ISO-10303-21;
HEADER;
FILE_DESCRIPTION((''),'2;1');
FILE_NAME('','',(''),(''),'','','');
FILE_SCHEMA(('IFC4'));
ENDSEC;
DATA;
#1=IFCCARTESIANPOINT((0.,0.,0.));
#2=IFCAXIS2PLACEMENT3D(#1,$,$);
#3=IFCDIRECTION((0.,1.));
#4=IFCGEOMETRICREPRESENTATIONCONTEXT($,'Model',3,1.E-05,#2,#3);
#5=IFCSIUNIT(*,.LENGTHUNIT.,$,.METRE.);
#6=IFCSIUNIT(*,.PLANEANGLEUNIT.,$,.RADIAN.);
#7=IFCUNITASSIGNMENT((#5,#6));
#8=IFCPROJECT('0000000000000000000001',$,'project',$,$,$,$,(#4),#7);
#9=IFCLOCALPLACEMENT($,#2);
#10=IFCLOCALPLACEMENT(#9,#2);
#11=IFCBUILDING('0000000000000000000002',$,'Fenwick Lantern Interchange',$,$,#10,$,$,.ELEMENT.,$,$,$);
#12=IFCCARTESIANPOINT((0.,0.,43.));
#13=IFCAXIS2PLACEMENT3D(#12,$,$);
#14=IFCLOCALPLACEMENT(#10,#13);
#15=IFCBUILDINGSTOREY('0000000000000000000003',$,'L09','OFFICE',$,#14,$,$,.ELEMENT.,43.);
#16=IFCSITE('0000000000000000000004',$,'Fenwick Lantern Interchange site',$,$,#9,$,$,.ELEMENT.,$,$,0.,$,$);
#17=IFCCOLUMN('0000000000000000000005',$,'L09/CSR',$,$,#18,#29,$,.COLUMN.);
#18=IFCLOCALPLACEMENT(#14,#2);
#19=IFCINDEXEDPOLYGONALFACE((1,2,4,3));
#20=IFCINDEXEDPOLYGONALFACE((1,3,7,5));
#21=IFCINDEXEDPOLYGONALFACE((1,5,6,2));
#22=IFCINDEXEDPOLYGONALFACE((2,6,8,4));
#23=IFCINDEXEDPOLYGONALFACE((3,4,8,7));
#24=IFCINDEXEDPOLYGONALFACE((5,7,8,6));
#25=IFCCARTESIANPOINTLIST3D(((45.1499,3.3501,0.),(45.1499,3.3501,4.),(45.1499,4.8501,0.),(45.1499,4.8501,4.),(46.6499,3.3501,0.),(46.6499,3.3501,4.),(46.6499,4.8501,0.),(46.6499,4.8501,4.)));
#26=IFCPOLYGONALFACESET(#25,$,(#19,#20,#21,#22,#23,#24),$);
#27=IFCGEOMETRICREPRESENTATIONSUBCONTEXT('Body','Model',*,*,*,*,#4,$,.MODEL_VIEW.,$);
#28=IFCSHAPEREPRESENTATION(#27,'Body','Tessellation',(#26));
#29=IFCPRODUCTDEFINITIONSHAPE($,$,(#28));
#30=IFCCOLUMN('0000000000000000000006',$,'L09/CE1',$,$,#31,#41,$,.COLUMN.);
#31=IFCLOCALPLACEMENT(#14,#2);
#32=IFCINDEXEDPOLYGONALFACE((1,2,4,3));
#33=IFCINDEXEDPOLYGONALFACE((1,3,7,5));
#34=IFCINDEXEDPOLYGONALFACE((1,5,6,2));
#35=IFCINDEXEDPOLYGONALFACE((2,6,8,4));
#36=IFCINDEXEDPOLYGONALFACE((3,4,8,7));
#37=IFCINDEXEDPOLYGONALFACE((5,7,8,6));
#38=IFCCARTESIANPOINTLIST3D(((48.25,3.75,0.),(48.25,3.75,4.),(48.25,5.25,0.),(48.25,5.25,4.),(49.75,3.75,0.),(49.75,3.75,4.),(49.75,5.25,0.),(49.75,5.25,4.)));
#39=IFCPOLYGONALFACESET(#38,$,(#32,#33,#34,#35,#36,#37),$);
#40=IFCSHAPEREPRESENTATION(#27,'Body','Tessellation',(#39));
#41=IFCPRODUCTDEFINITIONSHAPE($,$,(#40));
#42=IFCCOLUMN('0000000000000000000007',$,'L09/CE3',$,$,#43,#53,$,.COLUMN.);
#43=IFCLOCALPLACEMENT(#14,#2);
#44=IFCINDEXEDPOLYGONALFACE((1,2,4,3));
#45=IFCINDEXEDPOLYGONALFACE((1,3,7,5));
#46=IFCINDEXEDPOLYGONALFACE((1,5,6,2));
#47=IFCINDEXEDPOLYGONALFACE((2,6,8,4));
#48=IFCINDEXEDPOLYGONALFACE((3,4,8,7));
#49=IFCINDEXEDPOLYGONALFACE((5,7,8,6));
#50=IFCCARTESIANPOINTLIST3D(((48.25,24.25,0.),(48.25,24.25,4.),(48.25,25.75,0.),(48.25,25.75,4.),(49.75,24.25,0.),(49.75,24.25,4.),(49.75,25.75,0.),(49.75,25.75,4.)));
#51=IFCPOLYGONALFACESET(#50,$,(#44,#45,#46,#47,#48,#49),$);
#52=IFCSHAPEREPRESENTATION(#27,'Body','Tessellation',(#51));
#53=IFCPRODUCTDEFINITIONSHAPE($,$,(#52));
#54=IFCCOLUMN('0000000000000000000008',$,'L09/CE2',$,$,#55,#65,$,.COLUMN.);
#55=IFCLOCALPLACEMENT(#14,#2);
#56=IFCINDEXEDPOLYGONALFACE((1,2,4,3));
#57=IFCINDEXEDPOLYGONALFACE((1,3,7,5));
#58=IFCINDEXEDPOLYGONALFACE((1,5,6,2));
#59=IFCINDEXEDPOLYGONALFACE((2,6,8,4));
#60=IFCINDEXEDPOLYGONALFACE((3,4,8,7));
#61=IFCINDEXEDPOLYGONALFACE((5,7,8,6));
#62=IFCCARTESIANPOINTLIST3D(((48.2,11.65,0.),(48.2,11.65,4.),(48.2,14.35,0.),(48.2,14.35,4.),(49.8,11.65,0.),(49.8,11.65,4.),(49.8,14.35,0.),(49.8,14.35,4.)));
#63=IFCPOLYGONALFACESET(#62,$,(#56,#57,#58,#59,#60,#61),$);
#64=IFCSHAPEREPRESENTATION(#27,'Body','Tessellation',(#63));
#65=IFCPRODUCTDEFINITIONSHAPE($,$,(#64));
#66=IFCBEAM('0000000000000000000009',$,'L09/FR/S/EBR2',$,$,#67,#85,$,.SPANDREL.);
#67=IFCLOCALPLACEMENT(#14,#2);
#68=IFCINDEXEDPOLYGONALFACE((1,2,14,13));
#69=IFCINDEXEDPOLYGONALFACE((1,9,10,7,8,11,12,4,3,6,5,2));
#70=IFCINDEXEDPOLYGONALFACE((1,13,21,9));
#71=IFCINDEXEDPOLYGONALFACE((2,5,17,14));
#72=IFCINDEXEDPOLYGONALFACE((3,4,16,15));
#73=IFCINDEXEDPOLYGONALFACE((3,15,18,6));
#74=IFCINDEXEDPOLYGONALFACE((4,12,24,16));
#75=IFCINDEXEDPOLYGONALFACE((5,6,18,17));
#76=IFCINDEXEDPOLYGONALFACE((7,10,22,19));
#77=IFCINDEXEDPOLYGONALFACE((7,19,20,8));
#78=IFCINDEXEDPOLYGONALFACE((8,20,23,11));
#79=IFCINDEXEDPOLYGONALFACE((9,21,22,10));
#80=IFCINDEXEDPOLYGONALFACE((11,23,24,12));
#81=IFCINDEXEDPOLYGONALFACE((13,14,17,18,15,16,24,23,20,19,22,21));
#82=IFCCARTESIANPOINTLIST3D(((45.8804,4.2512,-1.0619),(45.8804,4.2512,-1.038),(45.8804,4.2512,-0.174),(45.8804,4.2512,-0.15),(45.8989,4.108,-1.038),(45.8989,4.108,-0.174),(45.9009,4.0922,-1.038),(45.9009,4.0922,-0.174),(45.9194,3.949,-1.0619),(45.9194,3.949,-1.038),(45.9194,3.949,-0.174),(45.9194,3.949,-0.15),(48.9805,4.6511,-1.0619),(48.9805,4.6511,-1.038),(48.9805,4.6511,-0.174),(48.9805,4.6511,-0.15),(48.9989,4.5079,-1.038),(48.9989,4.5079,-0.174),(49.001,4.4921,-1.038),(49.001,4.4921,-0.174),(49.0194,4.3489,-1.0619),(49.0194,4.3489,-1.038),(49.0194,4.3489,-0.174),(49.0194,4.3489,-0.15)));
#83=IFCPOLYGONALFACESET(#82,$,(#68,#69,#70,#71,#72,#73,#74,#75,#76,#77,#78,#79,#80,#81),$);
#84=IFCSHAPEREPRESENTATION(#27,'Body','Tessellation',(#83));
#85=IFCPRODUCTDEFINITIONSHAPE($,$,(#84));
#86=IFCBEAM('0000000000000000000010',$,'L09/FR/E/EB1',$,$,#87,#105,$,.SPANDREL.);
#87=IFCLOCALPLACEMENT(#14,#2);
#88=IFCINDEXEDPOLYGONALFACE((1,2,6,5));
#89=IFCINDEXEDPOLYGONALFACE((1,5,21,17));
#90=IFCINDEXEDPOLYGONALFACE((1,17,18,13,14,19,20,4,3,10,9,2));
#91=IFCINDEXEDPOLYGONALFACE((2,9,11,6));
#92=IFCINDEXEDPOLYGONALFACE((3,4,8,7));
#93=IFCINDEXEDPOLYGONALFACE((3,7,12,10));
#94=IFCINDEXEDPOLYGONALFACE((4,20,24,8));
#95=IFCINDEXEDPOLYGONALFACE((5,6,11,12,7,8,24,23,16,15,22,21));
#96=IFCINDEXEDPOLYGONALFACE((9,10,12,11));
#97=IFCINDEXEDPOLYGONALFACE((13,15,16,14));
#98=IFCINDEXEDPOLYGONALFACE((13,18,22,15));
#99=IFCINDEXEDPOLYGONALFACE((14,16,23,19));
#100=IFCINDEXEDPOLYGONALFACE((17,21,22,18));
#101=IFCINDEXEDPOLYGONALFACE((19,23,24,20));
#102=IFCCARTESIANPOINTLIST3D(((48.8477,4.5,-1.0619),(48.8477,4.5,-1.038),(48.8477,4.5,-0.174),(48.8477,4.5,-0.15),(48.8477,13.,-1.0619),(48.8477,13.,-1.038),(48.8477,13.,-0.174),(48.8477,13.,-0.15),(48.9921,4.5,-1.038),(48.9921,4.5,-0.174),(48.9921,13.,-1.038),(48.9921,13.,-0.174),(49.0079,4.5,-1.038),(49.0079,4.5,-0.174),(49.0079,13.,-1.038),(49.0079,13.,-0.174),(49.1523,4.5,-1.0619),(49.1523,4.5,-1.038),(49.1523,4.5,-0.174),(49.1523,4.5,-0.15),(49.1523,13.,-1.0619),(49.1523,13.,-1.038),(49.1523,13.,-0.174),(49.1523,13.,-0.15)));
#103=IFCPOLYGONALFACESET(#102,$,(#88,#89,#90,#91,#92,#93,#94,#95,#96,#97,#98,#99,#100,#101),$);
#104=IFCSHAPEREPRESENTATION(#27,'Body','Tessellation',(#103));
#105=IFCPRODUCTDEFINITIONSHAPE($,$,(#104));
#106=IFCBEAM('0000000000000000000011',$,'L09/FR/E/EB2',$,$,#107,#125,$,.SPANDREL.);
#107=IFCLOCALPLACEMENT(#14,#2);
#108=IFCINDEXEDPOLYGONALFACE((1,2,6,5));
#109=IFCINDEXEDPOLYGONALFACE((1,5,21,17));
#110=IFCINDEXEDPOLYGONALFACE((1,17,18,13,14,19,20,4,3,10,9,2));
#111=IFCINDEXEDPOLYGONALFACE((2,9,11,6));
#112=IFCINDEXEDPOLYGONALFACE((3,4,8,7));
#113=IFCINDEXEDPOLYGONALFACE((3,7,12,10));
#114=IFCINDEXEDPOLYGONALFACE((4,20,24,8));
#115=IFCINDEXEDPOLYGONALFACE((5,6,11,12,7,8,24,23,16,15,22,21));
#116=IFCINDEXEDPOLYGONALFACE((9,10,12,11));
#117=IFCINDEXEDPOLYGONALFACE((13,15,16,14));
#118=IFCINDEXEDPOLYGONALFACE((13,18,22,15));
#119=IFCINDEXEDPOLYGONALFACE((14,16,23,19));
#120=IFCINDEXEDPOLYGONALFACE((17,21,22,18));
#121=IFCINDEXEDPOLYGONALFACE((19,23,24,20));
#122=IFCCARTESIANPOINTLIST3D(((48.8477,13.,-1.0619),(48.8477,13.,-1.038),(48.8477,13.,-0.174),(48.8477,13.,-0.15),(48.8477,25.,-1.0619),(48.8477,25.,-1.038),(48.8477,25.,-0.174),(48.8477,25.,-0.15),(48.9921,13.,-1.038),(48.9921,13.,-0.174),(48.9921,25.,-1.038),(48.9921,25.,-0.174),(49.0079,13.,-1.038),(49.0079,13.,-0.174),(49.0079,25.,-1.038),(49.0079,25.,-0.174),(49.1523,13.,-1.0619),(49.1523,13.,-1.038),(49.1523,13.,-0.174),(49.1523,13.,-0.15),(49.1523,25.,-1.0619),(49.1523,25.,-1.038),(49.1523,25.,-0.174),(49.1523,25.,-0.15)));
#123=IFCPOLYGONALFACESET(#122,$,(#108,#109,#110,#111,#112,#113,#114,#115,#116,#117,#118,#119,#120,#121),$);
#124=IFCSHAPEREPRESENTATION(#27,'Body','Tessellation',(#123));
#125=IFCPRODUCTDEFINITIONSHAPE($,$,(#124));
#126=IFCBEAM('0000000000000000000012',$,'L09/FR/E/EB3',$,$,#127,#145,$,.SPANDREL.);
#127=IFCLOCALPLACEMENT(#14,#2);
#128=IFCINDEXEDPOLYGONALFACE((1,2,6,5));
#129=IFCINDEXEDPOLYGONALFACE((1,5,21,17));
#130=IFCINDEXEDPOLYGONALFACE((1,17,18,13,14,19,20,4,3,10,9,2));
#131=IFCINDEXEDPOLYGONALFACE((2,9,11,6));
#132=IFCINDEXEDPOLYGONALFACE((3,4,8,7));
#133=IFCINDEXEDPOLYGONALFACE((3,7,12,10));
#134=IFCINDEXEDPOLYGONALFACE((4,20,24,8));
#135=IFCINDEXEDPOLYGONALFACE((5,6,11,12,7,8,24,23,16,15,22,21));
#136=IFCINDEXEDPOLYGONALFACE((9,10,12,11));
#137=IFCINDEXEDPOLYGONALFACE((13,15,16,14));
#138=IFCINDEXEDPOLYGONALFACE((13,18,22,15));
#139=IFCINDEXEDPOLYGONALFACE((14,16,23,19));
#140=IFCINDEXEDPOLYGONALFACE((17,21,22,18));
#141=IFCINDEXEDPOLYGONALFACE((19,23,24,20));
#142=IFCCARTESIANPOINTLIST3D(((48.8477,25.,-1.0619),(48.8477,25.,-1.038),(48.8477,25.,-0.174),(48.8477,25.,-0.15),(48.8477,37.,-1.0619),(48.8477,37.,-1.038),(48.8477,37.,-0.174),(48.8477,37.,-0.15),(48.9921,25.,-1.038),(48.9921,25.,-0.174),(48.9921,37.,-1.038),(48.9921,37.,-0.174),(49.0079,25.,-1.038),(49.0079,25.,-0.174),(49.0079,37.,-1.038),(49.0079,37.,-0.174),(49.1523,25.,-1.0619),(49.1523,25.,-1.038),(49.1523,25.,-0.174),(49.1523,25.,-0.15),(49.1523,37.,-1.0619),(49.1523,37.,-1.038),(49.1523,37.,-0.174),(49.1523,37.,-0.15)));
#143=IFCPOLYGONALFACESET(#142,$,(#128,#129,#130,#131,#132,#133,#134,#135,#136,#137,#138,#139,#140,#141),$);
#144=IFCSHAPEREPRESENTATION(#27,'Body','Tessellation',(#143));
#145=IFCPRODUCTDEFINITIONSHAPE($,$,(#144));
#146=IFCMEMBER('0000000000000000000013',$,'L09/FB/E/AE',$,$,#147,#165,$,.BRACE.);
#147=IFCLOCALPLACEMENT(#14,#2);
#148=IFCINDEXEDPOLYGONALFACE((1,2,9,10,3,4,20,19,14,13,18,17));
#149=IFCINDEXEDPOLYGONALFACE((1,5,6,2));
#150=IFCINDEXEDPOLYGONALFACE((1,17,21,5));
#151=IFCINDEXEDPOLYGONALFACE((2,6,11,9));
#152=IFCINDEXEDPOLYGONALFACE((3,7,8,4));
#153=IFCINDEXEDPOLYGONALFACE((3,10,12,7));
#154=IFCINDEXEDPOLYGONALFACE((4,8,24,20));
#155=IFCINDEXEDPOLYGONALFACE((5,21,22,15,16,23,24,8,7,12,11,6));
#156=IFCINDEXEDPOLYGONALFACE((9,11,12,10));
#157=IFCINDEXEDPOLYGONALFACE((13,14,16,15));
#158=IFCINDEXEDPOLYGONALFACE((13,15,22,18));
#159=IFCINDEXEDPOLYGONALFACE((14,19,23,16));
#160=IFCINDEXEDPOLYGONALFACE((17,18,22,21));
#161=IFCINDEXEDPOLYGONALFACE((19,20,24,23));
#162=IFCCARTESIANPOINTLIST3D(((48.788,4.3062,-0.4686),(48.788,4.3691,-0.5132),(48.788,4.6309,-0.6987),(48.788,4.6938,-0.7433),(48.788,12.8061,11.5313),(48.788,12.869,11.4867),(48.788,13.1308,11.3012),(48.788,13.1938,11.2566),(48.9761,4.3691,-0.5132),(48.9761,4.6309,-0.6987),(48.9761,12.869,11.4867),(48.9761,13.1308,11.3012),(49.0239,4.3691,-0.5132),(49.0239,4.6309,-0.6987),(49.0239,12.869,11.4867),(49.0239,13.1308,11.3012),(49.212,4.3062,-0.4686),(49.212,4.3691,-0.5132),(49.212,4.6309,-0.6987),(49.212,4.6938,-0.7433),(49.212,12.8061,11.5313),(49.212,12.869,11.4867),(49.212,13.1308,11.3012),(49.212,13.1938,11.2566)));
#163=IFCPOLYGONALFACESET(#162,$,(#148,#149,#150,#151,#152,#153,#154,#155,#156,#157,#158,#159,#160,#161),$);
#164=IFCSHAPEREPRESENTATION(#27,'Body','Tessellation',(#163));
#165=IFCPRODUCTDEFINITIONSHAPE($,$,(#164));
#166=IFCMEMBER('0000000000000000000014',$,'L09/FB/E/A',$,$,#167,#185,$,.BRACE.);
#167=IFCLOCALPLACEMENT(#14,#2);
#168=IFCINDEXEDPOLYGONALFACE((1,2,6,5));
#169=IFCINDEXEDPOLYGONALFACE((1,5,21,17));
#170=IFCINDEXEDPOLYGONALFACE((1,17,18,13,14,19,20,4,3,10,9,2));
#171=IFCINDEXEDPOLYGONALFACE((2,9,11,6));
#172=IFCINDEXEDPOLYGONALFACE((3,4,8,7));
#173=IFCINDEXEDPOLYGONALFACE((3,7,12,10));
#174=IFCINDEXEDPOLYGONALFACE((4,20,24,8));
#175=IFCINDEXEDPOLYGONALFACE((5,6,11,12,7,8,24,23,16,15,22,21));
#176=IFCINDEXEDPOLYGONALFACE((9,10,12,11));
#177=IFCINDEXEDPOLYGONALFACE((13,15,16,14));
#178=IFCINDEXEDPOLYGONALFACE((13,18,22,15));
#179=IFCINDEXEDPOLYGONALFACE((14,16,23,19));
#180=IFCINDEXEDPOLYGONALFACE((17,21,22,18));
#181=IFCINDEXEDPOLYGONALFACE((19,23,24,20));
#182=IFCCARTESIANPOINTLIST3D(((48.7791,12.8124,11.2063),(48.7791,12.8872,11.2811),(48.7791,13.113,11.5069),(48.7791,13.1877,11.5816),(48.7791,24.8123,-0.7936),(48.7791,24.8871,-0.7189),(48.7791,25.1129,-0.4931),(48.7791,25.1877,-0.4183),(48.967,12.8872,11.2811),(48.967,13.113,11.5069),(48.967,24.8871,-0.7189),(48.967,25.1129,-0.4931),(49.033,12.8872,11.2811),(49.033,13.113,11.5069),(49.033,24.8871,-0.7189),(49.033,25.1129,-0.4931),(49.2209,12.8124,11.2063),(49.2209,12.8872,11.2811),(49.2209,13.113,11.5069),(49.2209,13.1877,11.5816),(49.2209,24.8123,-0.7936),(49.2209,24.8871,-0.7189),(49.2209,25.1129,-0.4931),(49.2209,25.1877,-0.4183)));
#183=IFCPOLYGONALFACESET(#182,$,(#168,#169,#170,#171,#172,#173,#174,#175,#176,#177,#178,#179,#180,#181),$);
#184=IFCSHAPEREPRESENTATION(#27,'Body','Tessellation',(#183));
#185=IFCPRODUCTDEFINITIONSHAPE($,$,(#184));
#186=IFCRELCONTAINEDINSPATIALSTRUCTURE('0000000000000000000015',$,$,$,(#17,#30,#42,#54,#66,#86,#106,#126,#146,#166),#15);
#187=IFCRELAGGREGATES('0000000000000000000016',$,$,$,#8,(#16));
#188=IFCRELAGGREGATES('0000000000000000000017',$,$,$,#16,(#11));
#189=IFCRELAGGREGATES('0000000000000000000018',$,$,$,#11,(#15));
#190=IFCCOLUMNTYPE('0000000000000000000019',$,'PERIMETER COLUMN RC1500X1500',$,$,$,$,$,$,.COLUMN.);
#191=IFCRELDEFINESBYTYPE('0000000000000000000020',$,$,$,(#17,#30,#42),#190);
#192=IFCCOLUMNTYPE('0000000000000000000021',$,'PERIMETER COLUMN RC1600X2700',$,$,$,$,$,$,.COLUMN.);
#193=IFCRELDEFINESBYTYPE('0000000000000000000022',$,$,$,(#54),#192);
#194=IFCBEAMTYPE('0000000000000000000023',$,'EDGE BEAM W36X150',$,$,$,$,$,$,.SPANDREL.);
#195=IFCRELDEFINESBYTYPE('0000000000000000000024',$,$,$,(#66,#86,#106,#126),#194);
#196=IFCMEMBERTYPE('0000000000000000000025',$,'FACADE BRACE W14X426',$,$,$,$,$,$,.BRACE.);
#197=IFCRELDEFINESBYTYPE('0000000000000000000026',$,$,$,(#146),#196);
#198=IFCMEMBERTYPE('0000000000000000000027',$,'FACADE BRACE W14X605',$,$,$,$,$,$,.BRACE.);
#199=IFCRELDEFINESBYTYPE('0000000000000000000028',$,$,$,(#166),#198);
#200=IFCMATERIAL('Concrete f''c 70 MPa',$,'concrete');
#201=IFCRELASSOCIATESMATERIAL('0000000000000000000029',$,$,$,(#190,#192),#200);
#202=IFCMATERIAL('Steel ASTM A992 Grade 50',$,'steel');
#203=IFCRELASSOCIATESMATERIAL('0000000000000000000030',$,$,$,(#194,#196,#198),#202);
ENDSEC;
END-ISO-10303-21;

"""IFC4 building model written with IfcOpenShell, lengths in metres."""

from ifc_helpers import new_model, si_unit, direction, frame, origin, origin_2d, place, context, subcontext, project, spatial, rectangle, i_section, extrude, material, material_profile, profile_set, type_object, element, save


model = new_model("IFC4")

# Units and contexts
model_context = context("Model", 3, precision=1e-05, world=origin(), true_north=direction((0.0, 1.0)))
body_context = subcontext(model_context, "Body", "Model", "MODEL_VIEW")
ifc_project = project(units=[si_unit("LENGTHUNIT", "METRE"), si_unit("PLANEANGLEUNIT", "RADIAN")], contexts=[model_context])

# Site, building, storey
site_placement = place(None, origin())
site = spatial("IfcSite", under=ifc_project, at=site_placement, Name="Fenwick Lantern Interchange site", CompositionType="ELEMENT", RefElevation=0.0)
building_placement = place(site_placement, origin())
building = spatial("IfcBuilding", under=site, at=building_placement, Name="Fenwick Lantern Interchange", CompositionType="ELEMENT")
storey_placement = place(building_placement, frame((0.0, 0.0, 43.0)))
storey = spatial("IfcBuildingStorey", under=building, at=storey_placement, Name="L09", Description="OFFICE", CompositionType="ELEMENT", Elevation=43.0)

# Columns
ifc_material_1 = material(Name="Concrete f'c 70 MPa", Category="concrete")
ifc_material_profile_1 = material_profile(ifc_material_1, rectangle(XDim=1.5, YDim=1.5, at=origin_2d()), Name="RC1500X1500")
ifc_profile_set_1 = profile_set([ifc_material_profile_1], Name="Concrete f'c 70 MPa")
column_type_1 = type_object("IfcColumnType", Name="PERIMETER COLUMN RC1500X1500", PredefinedType="COLUMN", material=ifc_profile_set_1)
for number, where, z_axis, x_axis, name in (
    (1, (45.8999, 4.1001, 0.0), (0.0, 0.0, 1.0), (1.0, 0.0, 0.0), "L09/CSR"),
    (2, (49.0, 4.5, 0.0), (0.0, 0.0, 1.0), (1.0, 0.0, 0.0), "L09/CE1"),
    (3, (49.0, 25.0, 0.0), (0.0, 0.0, 1.0), (1.0, 0.0, 0.0), "L09/CE3"),
):
    element("IfcColumn", number, at=place(storey_placement, frame(where, z_axis=z_axis, x_axis=x_axis)), inside=storey, type_object=column_type_1, Name=name, PredefinedType="COLUMN", context=body_context, shape_type="SweptSolid", body=[
        extrude(rectangle(XDim=1.5, YDim=1.5, at=origin_2d()), origin(), (0.0, 0.0, 1.0), 4.0),
    ])
ifc_material_profile_2 = material_profile(ifc_material_1, rectangle(XDim=1.6001, YDim=2.7, at=origin_2d()), Name="RC1600X2700")
ifc_profile_set_2 = profile_set([ifc_material_profile_2], Name="Concrete f'c 70 MPa")
column_type_2 = type_object("IfcColumnType", Name="PERIMETER COLUMN RC1600X2700", PredefinedType="COLUMN", material=ifc_profile_set_2)
column_placement = place(storey_placement, frame((49.0, 13.0, 0.0), z_axis=(0.0, 0.0, 1.0), x_axis=(1.0, 0.0, 0.0)))
element("IfcColumn", 4, at=column_placement, inside=storey, type_object=column_type_2, Name="L09/CE2", PredefinedType="COLUMN", context=body_context, shape_type="SweptSolid", body=[
    extrude(rectangle(XDim=1.6001, YDim=2.7, at=origin_2d()), origin(), (0.0, 0.0, 1.0), 4.0),
])

# Beams
ifc_material_2 = material(Name="Steel ASTM A992 Grade 50", Category="steel")
ifc_material_profile_3 = material_profile(ifc_material_2, i_section(OverallWidth=0.3047, OverallDepth=0.9119, WebThickness=0.0159, FlangeThickness=0.0239, at=origin_2d()), Name="W36X150")
ifc_profile_set_3 = profile_set([ifc_material_profile_3], Name="Steel ASTM A992 Grade 50")
beam_type_1 = type_object("IfcBeamType", Name="EDGE BEAM W36X150", PredefinedType="SPANDREL", material=ifc_profile_set_3)
beam_1_placement = place(storey_placement, frame((45.8999, 4.1001, -0.606), z_axis=(0.991782, 0.127937, 0.0), x_axis=(-0.127937, 0.991782, 0.0)))
element("IfcBeam", 5, at=beam_1_placement, inside=storey, type_object=beam_type_1, Name="L09/FR/S/EBR2", PredefinedType="SPANDREL", context=body_context, shape_type="SweptSolid", body=[
    extrude(i_section(OverallWidth=0.3047, OverallDepth=0.9119, WebThickness=0.0159, FlangeThickness=0.0239, at=origin_2d()), origin(), (0.0, 0.0, 1.0), 3.1257),
])
beam_2_placement = place(storey_placement, frame((49.0, 4.5, -0.606), z_axis=(0.0, 1.0, 0.0), x_axis=(-1.0, 0.0, 0.0)))
element("IfcBeam", 6, at=beam_2_placement, inside=storey, type_object=beam_type_1, Name="L09/FR/E/EB1", PredefinedType="SPANDREL", context=body_context, shape_type="SweptSolid", body=[
    extrude(i_section(OverallWidth=0.3047, OverallDepth=0.9119, WebThickness=0.0159, FlangeThickness=0.0239, at=origin_2d()), origin(), (0.0, 0.0, 1.0), 8.5),
])
for number, where, z_axis, x_axis, name in (
    (7, (49.0, 13.0, -0.606), (0.0, 1.0, 0.0), (-1.0, 0.0, 0.0), "L09/FR/E/EB2"),
    (8, (49.0, 25.0, -0.606), (0.0, 1.0, 0.0), (-1.0, 0.0, 0.0), "L09/FR/E/EB3"),
):
    element("IfcBeam", number, at=place(storey_placement, frame(where, z_axis=z_axis, x_axis=x_axis)), inside=storey, type_object=beam_type_1, Name=name, PredefinedType="SPANDREL", context=body_context, shape_type="SweptSolid", body=[
        extrude(i_section(OverallWidth=0.3047, OverallDepth=0.9119, WebThickness=0.0159, FlangeThickness=0.0239, at=origin_2d()), origin(), (0.0, 0.0, 1.0), 12.0),
    ])

# Members
ifc_material_profile_4 = material_profile(ifc_material_2, i_section(OverallWidth=0.4241, OverallDepth=0.4751, WebThickness=0.0479, FlangeThickness=0.0771, at=origin_2d()), Name="W14X426")
ifc_profile_set_4 = profile_set([ifc_material_profile_4], Name="Steel ASTM A992 Grade 50")
member_type_1 = type_object("IfcMemberType", Name="FACADE BRACE W14X426", PredefinedType="BRACE", material=ifc_profile_set_4)
member_1_placement = place(storey_placement, frame((49.0, 4.5, -0.606), z_axis=(0.0, 0.578017, 0.816024), x_axis=(-1.0, 0.0, 0.0)))
element("IfcMember", 9, at=member_1_placement, inside=storey, type_object=member_type_1, Name="L09/FB/E/AE", PredefinedType="BRACE", context=body_context, shape_type="SweptSolid", body=[
    extrude(i_section(OverallWidth=0.4241, OverallDepth=0.4751, WebThickness=0.0479, FlangeThickness=0.0771, at=origin_2d()), origin(), (0.0, 0.0, 1.0), 14.7053),
])
ifc_material_profile_5 = material_profile(ifc_material_2, i_section(OverallWidth=0.4419, OverallDepth=0.5308, WebThickness=0.0659, FlangeThickness=0.1057, at=origin_2d()), Name="W14X605")
ifc_profile_set_5 = profile_set([ifc_material_profile_5], Name="Steel ASTM A992 Grade 50")
member_type_2 = type_object("IfcMemberType", Name="FACADE BRACE W14X605", PredefinedType="BRACE", material=ifc_profile_set_5)
member_2_placement = place(storey_placement, frame((49.0, 25.0, -0.606), z_axis=(0.0, -0.707107, 0.707107), x_axis=(1.0, 0.0, 0.0)))
element("IfcMember", 10, at=member_2_placement, inside=storey, type_object=member_type_2, Name="L09/FB/E/A", PredefinedType="BRACE", context=body_context, shape_type="SweptSolid", body=[
    extrude(i_section(OverallWidth=0.4419, OverallDepth=0.5308, WebThickness=0.0659, FlangeThickness=0.1057, at=origin_2d()), origin(), (0.0, 0.0, 1.0), 16.9705),
])

save(model, "model.ifc")
